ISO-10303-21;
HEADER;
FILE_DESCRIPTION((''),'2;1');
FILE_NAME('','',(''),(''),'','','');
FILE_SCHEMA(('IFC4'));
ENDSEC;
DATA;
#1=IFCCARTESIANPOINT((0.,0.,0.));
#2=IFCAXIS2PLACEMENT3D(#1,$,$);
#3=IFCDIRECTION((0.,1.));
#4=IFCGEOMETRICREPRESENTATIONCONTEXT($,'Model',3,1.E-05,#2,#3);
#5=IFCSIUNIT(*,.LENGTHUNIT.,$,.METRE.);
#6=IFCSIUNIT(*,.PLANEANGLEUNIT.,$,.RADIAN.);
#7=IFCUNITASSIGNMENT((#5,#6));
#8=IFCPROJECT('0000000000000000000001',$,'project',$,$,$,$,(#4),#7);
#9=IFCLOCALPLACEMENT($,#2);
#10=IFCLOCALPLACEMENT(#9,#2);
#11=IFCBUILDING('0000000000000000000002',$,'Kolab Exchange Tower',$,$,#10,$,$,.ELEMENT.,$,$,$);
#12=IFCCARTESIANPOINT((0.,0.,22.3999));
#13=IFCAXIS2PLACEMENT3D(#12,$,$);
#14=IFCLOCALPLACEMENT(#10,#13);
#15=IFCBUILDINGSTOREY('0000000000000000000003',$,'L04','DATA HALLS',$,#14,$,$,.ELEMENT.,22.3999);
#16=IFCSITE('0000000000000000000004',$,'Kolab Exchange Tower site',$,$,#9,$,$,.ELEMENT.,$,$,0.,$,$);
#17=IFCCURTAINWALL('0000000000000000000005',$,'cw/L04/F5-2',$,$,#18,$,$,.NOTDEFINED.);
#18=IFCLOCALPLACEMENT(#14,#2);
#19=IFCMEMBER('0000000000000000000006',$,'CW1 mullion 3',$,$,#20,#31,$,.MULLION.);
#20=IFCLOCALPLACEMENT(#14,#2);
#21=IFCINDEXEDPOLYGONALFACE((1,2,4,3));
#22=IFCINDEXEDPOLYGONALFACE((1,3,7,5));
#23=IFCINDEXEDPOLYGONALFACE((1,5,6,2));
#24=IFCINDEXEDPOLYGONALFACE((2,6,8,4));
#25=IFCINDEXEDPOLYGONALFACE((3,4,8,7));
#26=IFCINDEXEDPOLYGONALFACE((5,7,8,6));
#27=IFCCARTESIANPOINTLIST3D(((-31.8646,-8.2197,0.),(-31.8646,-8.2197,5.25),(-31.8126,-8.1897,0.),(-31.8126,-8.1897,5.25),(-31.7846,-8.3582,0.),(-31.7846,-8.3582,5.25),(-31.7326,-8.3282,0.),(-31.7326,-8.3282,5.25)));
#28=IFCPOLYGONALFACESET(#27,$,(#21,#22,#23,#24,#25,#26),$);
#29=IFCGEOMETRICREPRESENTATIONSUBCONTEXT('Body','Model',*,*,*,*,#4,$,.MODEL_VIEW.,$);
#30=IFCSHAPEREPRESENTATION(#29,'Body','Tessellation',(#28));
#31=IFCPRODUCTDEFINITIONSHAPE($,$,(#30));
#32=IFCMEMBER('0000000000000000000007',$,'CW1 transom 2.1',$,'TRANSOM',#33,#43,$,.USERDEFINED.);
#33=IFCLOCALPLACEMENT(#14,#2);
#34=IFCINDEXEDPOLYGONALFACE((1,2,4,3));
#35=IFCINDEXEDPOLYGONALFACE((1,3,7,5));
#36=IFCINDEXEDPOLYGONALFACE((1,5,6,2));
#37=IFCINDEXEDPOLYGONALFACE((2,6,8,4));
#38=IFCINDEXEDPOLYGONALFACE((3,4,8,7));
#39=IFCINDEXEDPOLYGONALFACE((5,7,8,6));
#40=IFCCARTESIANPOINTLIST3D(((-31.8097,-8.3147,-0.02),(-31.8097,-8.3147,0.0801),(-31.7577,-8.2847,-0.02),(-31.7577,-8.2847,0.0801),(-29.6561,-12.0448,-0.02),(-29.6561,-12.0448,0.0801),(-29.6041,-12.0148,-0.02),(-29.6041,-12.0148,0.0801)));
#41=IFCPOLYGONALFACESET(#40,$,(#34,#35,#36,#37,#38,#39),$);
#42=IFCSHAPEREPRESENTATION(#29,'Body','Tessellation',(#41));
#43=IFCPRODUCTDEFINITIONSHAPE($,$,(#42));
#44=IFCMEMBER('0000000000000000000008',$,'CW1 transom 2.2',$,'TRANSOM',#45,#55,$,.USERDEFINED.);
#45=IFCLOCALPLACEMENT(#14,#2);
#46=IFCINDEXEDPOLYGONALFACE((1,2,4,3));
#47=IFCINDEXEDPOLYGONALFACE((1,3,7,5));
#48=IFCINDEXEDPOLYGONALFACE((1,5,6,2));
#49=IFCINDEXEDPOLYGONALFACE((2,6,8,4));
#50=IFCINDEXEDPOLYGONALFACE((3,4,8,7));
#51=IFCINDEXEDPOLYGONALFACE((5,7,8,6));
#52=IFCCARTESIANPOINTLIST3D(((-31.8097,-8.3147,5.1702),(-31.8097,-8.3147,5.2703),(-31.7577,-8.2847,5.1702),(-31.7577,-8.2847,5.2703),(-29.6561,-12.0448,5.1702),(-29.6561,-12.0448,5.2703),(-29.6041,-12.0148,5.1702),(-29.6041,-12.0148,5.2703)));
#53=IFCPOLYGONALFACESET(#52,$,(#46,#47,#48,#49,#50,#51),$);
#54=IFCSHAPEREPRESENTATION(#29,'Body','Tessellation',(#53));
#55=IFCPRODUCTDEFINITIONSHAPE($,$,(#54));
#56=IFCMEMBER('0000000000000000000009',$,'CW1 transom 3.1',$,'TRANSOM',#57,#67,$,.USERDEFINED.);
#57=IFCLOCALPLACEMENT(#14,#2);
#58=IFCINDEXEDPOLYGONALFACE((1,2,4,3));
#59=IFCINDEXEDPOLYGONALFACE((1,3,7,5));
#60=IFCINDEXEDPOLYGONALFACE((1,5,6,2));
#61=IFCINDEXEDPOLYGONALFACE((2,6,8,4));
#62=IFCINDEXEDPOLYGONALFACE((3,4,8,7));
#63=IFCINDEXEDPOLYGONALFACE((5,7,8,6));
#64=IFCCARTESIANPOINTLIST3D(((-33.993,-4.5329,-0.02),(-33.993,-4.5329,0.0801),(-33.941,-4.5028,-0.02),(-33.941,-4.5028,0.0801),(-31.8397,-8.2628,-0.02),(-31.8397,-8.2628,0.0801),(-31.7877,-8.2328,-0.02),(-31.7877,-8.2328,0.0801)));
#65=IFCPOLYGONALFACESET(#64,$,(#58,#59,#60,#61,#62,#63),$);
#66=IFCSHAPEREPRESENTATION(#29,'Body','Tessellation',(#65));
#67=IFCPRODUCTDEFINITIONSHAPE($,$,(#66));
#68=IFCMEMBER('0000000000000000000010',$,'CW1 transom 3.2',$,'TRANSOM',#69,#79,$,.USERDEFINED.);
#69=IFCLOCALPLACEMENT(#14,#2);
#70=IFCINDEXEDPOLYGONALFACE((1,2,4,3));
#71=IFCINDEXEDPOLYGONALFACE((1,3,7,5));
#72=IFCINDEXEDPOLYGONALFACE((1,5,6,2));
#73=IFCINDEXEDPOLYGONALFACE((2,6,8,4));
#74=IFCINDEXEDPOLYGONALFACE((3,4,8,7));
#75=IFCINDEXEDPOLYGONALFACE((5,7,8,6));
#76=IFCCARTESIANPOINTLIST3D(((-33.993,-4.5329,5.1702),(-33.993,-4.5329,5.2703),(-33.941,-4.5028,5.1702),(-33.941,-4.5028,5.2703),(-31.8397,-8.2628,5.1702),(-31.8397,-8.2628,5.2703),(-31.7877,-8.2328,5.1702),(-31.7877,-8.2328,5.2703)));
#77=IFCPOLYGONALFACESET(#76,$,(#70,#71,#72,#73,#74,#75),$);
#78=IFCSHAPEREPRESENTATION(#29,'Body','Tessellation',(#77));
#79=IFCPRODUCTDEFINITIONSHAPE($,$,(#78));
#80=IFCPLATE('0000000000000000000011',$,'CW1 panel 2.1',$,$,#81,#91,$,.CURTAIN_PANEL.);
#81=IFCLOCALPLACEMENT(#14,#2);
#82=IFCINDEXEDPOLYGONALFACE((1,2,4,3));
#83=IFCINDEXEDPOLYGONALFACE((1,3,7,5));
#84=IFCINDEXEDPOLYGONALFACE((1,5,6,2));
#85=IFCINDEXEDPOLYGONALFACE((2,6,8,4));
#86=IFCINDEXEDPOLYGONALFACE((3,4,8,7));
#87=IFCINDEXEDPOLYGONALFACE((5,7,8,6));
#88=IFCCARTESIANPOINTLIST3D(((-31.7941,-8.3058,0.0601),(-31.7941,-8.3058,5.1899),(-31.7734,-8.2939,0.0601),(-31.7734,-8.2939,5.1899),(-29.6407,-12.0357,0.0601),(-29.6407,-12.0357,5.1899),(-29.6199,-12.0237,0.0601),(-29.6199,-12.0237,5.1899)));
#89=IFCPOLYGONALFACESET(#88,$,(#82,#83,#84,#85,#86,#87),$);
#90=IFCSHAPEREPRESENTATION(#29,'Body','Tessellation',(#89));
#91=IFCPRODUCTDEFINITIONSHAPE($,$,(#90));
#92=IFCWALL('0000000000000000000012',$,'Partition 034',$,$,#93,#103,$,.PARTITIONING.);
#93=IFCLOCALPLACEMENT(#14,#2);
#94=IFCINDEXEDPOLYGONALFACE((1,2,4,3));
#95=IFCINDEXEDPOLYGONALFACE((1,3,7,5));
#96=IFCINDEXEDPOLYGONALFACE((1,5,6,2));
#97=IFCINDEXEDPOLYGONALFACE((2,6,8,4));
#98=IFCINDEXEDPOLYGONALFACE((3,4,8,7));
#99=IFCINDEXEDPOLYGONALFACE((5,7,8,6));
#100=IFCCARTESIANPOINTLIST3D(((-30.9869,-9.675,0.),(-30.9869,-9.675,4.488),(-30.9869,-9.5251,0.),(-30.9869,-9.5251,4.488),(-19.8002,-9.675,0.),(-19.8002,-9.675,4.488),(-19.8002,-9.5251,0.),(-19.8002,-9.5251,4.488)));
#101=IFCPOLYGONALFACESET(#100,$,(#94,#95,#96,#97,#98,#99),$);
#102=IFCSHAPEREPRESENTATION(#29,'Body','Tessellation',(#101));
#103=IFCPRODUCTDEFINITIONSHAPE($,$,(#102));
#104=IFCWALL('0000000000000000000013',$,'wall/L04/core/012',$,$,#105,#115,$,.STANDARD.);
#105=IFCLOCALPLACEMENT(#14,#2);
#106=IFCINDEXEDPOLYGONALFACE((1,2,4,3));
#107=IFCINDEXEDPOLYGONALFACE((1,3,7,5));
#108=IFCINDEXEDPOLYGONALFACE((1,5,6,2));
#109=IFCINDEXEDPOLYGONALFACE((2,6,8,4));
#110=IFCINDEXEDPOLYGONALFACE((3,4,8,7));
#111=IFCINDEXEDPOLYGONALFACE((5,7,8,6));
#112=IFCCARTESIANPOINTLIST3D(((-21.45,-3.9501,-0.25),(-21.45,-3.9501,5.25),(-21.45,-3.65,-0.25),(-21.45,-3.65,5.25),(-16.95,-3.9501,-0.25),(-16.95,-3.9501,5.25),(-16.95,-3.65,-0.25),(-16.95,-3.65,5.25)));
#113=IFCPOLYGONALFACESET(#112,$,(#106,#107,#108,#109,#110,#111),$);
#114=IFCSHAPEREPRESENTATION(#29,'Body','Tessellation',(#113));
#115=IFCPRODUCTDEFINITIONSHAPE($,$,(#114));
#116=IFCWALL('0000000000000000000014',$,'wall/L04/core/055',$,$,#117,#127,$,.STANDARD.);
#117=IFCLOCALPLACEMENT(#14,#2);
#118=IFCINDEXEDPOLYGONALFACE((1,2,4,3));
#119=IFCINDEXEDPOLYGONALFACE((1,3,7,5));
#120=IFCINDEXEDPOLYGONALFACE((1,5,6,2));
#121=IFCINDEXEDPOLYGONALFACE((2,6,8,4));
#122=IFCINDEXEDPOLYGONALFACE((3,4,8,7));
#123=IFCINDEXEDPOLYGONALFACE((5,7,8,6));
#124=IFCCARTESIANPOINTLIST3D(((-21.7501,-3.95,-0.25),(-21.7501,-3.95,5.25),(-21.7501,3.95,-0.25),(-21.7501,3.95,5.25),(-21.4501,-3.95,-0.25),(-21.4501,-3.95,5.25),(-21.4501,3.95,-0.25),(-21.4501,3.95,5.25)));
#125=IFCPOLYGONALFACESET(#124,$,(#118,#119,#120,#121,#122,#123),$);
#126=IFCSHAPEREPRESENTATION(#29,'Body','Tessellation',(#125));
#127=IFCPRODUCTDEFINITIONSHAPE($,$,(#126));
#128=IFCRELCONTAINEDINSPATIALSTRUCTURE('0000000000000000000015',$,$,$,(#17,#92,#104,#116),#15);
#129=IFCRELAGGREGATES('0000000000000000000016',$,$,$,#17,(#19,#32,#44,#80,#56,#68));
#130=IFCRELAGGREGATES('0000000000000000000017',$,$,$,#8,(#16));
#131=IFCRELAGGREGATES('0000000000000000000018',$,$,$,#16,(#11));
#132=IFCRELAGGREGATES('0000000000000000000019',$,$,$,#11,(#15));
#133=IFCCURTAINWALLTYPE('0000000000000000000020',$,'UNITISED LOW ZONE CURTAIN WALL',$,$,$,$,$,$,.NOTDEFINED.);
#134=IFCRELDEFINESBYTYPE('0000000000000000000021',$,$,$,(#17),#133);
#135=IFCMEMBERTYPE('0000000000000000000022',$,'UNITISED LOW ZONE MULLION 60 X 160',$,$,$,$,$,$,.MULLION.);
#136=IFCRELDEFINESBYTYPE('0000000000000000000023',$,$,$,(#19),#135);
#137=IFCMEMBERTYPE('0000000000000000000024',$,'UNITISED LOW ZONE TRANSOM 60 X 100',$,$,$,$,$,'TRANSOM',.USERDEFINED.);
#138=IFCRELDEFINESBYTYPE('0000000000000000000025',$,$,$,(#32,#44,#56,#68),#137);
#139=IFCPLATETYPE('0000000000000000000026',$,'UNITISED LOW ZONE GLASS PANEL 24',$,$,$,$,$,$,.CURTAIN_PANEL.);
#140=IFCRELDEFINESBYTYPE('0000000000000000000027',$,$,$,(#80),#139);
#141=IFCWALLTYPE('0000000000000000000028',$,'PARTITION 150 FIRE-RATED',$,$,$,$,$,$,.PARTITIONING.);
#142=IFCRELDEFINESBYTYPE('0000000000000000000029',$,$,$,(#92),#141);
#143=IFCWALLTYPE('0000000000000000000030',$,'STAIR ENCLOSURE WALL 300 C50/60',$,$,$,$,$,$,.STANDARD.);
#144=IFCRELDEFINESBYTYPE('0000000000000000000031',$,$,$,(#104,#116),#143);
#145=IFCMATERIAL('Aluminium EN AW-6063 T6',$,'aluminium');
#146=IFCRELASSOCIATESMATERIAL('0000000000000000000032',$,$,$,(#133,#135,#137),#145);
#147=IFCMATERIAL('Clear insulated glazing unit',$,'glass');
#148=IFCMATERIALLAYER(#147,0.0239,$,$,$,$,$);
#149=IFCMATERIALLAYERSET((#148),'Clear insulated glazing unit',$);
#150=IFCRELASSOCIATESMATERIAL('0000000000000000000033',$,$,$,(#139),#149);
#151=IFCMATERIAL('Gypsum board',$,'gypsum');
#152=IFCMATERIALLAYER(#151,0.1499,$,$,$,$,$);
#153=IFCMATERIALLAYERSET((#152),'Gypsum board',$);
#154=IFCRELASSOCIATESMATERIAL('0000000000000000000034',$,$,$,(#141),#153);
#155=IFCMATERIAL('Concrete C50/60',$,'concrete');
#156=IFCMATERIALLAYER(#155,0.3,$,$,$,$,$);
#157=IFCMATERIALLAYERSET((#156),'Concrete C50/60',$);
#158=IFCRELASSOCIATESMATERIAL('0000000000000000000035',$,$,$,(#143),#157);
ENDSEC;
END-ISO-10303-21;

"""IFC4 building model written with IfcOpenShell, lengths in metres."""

from ifc_helpers import new_model, si_unit, direction, frame, frame_2d, origin, origin_2d, place, context, subcontext, project, spatial, rectangle, extrude, material, layer, layer_set, material_profile, profile_set, type_object, element, aggregate, save


model = new_model("IFC4")

# Units and contexts
model_context = context("Model", 3, precision=1e-05, world=origin(), true_north=direction((0.0, 1.0)))
body_context = subcontext(model_context, "Body", "Model", "MODEL_VIEW")
ifc_project = project(units=[si_unit("LENGTHUNIT", "METRE"), si_unit("PLANEANGLEUNIT", "RADIAN")], contexts=[model_context])

# Site, building, storey
site_placement = place(None, origin())
site = spatial("IfcSite", under=ifc_project, at=site_placement, Name="Kolab Exchange Tower site", CompositionType="ELEMENT", RefElevation=0.0)
building_placement = place(site_placement, origin())
building = spatial("IfcBuilding", under=site, at=building_placement, Name="Kolab Exchange Tower", CompositionType="ELEMENT")
storey_placement = place(building_placement, frame((0.0, 0.0, 22.3999)))
storey = spatial("IfcBuildingStorey", under=building, at=storey_placement, Name="L04", Description="DATA HALLS", CompositionType="ELEMENT", Elevation=22.3999)

# Curtain wall, members, plate
ifc_material_1 = material(Name="Aluminium EN AW-6063 T6", Category="aluminium")
curtain_wall_type = type_object("IfcCurtainWallType", Name="UNITISED LOW ZONE CURTAIN WALL", PredefinedType="NOTDEFINED", material=ifc_material_1)
curtain_wall_placement = place(storey_placement, origin())
curtain_wall = element("IfcCurtainWall", 1, at=curtain_wall_placement, inside=storey, type_object=curtain_wall_type, Name="cw/L04/F5-2", PredefinedType="NOTDEFINED")
ifc_material_profile_1 = material_profile(ifc_material_1, rectangle(XDim=0.0601, YDim=0.1599, at=origin_2d()), Name="RECT 60X160")
ifc_profile_set_1 = profile_set([ifc_material_profile_1], Name="Aluminium EN AW-6063 T6")
member_type_1 = type_object("IfcMemberType", Name="UNITISED LOW ZONE MULLION 60 X 160", PredefinedType="MULLION", material=ifc_profile_set_1)
member_1_placement = place(storey_placement, frame((-31.7986, -8.2739, 0.0), z_axis=(0.0, 0.0, 1.0), x_axis=(-0.866025, -0.5, 0.0)))
member_1 = element("IfcMember", 2, at=member_1_placement, type_object=member_type_1, Name="CW1 mullion 3", PredefinedType="MULLION", context=body_context, shape_type="SweptSolid", body=[
    extrude(rectangle(XDim=0.0601, YDim=0.1599, at=origin_2d()), origin(), (0.0, 0.0, 1.0), 5.25),
])
ifc_material_profile_2 = material_profile(ifc_material_1, rectangle(XDim=0.0601, YDim=0.1001, at=origin_2d()), Name="RECT 60X100")
ifc_profile_set_2 = profile_set([ifc_material_profile_2], Name="Aluminium EN AW-6063 T6")
member_type_2 = type_object("IfcMemberType", Name="UNITISED LOW ZONE TRANSOM 60 X 100", ElementType="TRANSOM", PredefinedType="USERDEFINED", material=ifc_profile_set_2)
member_2_placement = place(storey_placement, frame((-29.6301, -12.0298, 0.03), z_axis=(-0.50001, 0.866019, 0.0), x_axis=(-0.866019, -0.50001, 0.0)))
member_2 = element("IfcMember", 3, at=member_2_placement, type_object=member_type_2, Name="CW1 transom 2.1", ObjectType="TRANSOM", PredefinedType="USERDEFINED", context=body_context, shape_type="SweptSolid", body=[
    extrude(rectangle(XDim=0.0601, YDim=0.1001, at=origin_2d()), origin(), (0.0, 0.0, 1.0), 4.3071),
])
member_3_placement = place(storey_placement, frame((-29.6301, -12.0298, 5.2202), z_axis=(-0.50001, 0.866019, 0.0), x_axis=(-0.866019, -0.50001, 0.0)))
member_3 = element("IfcMember", 4, at=member_3_placement, type_object=member_type_2, Name="CW1 transom 2.2", ObjectType="TRANSOM", PredefinedType="USERDEFINED", context=body_context, shape_type="SweptSolid", body=[
    extrude(rectangle(XDim=0.0601, YDim=0.1001, at=origin_2d()), origin(), (0.0, 0.0, 1.0), 4.3071),
])
member_4_placement = place(storey_placement, frame((-31.8137, -8.2478, 0.03), z_axis=(-0.499968, 0.866044, 0.0), x_axis=(-0.866044, -0.499968, 0.0)))
member_4 = element("IfcMember", 5, at=member_4_placement, type_object=member_type_2, Name="CW1 transom 3.1", ObjectType="TRANSOM", PredefinedType="USERDEFINED", context=body_context, shape_type="SweptSolid", body=[
    extrude(rectangle(XDim=0.0601, YDim=0.1001, at=origin_2d()), origin(), (0.0, 0.0, 1.0), 4.3069),
])
member_5_placement = place(storey_placement, frame((-31.8137, -8.2478, 5.2202), z_axis=(-0.499968, 0.866044, 0.0), x_axis=(-0.866044, -0.499968, 0.0)))
member_5 = element("IfcMember", 6, at=member_5_placement, type_object=member_type_2, Name="CW1 transom 3.2", ObjectType="TRANSOM", PredefinedType="USERDEFINED", context=body_context, shape_type="SweptSolid", body=[
    extrude(rectangle(XDim=0.0601, YDim=0.1001, at=origin_2d()), origin(), (0.0, 0.0, 1.0), 4.3069),
])
ifc_material_2 = material(Name="Clear insulated glazing unit", Category="glass")
ifc_layer_1 = layer(ifc_material_2, 0.0239)
ifc_layer_set_1 = layer_set([ifc_layer_1], Name="Clear insulated glazing unit")
plate_type = type_object("IfcPlateType", Name="UNITISED LOW ZONE GLASS PANEL 24", PredefinedType="CURTAIN_PANEL", material=ifc_layer_set_1)
plate_placement = place(storey_placement, frame((-30.707, -10.1648, 0.0601), z_axis=(0.0, 0.0, 1.0), x_axis=(-0.5, 0.866025, 0.0)))
plate = element("IfcPlate", 7, at=plate_placement, type_object=plate_type, Name="CW1 panel 2.1", PredefinedType="CURTAIN_PANEL", context=body_context, shape_type="SweptSolid", body=[
    extrude(rectangle(XDim=4.3069, YDim=0.0239, at=origin_2d()), origin(), (0.0, 0.0, 1.0), 5.1299),
])
aggregate(curtain_wall, [member_1, member_2, member_3, plate, member_4, member_5])

# Walls
ifc_material_3 = material(Name="Gypsum board", Category="gypsum")
ifc_layer_2 = layer(ifc_material_3, 0.1499)
ifc_layer_set_2 = layer_set([ifc_layer_2], Name="Gypsum board")
wall_type_1 = type_object("IfcWallType", Name="PARTITION 150 FIRE-RATED", PredefinedType="PARTITIONING", material=ifc_layer_set_2)
wall_1_placement = place(storey_placement, frame((-30.9868, -9.6001, 0.0), z_axis=(0.0, 0.0, 1.0), x_axis=(1.0, 0.0, 0.0)))
element("IfcWall", 8, at=wall_1_placement, inside=storey, type_object=wall_type_1, Name="Partition 034", PredefinedType="PARTITIONING", context=body_context, shape_type="SweptSolid", body=[
    extrude(rectangle(XDim=11.1868, YDim=0.1499, at=frame_2d((5.5933, 0.0))), origin(), (0.0, 0.0, 1.0), 4.488),
])
ifc_material_4 = material(Name="Concrete C50/60", Category="concrete")
ifc_layer_3 = layer(ifc_material_4, 0.3)
ifc_layer_set_3 = layer_set([ifc_layer_3], Name="Concrete C50/60")
wall_type_2 = type_object("IfcWallType", Name="STAIR ENCLOSURE WALL 300 C50/60", PredefinedType="STANDARD", material=ifc_layer_set_3)
wall_2_placement = place(storey_placement, frame((-21.45, -3.8, -0.25), z_axis=(0.0, 0.0, 1.0), x_axis=(1.0, 0.0, 0.0)))
element("IfcWall", 9, at=wall_2_placement, inside=storey, type_object=wall_type_2, Name="wall/L04/core/012", PredefinedType="STANDARD", context=body_context, shape_type="SweptSolid", body=[
    extrude(rectangle(XDim=4.5, YDim=0.3, at=frame_2d((2.25, 0.0))), origin(), (0.0, 0.0, 1.0), 5.5),
])
wall_3_placement = place(storey_placement, frame((-21.6001, -3.95, -0.25), z_axis=(0.0, 0.0, 1.0), x_axis=(0.0, 1.0, 0.0)))
element("IfcWall", 10, at=wall_3_placement, inside=storey, type_object=wall_type_2, Name="wall/L04/core/055", PredefinedType="STANDARD", context=body_context, shape_type="SweptSolid", body=[
    extrude(rectangle(XDim=7.8999, YDim=0.3, at=frame_2d((3.95, 0.0))), origin(), (0.0, 0.0, 1.0), 5.5),
])

save(model, "model.ifc")
